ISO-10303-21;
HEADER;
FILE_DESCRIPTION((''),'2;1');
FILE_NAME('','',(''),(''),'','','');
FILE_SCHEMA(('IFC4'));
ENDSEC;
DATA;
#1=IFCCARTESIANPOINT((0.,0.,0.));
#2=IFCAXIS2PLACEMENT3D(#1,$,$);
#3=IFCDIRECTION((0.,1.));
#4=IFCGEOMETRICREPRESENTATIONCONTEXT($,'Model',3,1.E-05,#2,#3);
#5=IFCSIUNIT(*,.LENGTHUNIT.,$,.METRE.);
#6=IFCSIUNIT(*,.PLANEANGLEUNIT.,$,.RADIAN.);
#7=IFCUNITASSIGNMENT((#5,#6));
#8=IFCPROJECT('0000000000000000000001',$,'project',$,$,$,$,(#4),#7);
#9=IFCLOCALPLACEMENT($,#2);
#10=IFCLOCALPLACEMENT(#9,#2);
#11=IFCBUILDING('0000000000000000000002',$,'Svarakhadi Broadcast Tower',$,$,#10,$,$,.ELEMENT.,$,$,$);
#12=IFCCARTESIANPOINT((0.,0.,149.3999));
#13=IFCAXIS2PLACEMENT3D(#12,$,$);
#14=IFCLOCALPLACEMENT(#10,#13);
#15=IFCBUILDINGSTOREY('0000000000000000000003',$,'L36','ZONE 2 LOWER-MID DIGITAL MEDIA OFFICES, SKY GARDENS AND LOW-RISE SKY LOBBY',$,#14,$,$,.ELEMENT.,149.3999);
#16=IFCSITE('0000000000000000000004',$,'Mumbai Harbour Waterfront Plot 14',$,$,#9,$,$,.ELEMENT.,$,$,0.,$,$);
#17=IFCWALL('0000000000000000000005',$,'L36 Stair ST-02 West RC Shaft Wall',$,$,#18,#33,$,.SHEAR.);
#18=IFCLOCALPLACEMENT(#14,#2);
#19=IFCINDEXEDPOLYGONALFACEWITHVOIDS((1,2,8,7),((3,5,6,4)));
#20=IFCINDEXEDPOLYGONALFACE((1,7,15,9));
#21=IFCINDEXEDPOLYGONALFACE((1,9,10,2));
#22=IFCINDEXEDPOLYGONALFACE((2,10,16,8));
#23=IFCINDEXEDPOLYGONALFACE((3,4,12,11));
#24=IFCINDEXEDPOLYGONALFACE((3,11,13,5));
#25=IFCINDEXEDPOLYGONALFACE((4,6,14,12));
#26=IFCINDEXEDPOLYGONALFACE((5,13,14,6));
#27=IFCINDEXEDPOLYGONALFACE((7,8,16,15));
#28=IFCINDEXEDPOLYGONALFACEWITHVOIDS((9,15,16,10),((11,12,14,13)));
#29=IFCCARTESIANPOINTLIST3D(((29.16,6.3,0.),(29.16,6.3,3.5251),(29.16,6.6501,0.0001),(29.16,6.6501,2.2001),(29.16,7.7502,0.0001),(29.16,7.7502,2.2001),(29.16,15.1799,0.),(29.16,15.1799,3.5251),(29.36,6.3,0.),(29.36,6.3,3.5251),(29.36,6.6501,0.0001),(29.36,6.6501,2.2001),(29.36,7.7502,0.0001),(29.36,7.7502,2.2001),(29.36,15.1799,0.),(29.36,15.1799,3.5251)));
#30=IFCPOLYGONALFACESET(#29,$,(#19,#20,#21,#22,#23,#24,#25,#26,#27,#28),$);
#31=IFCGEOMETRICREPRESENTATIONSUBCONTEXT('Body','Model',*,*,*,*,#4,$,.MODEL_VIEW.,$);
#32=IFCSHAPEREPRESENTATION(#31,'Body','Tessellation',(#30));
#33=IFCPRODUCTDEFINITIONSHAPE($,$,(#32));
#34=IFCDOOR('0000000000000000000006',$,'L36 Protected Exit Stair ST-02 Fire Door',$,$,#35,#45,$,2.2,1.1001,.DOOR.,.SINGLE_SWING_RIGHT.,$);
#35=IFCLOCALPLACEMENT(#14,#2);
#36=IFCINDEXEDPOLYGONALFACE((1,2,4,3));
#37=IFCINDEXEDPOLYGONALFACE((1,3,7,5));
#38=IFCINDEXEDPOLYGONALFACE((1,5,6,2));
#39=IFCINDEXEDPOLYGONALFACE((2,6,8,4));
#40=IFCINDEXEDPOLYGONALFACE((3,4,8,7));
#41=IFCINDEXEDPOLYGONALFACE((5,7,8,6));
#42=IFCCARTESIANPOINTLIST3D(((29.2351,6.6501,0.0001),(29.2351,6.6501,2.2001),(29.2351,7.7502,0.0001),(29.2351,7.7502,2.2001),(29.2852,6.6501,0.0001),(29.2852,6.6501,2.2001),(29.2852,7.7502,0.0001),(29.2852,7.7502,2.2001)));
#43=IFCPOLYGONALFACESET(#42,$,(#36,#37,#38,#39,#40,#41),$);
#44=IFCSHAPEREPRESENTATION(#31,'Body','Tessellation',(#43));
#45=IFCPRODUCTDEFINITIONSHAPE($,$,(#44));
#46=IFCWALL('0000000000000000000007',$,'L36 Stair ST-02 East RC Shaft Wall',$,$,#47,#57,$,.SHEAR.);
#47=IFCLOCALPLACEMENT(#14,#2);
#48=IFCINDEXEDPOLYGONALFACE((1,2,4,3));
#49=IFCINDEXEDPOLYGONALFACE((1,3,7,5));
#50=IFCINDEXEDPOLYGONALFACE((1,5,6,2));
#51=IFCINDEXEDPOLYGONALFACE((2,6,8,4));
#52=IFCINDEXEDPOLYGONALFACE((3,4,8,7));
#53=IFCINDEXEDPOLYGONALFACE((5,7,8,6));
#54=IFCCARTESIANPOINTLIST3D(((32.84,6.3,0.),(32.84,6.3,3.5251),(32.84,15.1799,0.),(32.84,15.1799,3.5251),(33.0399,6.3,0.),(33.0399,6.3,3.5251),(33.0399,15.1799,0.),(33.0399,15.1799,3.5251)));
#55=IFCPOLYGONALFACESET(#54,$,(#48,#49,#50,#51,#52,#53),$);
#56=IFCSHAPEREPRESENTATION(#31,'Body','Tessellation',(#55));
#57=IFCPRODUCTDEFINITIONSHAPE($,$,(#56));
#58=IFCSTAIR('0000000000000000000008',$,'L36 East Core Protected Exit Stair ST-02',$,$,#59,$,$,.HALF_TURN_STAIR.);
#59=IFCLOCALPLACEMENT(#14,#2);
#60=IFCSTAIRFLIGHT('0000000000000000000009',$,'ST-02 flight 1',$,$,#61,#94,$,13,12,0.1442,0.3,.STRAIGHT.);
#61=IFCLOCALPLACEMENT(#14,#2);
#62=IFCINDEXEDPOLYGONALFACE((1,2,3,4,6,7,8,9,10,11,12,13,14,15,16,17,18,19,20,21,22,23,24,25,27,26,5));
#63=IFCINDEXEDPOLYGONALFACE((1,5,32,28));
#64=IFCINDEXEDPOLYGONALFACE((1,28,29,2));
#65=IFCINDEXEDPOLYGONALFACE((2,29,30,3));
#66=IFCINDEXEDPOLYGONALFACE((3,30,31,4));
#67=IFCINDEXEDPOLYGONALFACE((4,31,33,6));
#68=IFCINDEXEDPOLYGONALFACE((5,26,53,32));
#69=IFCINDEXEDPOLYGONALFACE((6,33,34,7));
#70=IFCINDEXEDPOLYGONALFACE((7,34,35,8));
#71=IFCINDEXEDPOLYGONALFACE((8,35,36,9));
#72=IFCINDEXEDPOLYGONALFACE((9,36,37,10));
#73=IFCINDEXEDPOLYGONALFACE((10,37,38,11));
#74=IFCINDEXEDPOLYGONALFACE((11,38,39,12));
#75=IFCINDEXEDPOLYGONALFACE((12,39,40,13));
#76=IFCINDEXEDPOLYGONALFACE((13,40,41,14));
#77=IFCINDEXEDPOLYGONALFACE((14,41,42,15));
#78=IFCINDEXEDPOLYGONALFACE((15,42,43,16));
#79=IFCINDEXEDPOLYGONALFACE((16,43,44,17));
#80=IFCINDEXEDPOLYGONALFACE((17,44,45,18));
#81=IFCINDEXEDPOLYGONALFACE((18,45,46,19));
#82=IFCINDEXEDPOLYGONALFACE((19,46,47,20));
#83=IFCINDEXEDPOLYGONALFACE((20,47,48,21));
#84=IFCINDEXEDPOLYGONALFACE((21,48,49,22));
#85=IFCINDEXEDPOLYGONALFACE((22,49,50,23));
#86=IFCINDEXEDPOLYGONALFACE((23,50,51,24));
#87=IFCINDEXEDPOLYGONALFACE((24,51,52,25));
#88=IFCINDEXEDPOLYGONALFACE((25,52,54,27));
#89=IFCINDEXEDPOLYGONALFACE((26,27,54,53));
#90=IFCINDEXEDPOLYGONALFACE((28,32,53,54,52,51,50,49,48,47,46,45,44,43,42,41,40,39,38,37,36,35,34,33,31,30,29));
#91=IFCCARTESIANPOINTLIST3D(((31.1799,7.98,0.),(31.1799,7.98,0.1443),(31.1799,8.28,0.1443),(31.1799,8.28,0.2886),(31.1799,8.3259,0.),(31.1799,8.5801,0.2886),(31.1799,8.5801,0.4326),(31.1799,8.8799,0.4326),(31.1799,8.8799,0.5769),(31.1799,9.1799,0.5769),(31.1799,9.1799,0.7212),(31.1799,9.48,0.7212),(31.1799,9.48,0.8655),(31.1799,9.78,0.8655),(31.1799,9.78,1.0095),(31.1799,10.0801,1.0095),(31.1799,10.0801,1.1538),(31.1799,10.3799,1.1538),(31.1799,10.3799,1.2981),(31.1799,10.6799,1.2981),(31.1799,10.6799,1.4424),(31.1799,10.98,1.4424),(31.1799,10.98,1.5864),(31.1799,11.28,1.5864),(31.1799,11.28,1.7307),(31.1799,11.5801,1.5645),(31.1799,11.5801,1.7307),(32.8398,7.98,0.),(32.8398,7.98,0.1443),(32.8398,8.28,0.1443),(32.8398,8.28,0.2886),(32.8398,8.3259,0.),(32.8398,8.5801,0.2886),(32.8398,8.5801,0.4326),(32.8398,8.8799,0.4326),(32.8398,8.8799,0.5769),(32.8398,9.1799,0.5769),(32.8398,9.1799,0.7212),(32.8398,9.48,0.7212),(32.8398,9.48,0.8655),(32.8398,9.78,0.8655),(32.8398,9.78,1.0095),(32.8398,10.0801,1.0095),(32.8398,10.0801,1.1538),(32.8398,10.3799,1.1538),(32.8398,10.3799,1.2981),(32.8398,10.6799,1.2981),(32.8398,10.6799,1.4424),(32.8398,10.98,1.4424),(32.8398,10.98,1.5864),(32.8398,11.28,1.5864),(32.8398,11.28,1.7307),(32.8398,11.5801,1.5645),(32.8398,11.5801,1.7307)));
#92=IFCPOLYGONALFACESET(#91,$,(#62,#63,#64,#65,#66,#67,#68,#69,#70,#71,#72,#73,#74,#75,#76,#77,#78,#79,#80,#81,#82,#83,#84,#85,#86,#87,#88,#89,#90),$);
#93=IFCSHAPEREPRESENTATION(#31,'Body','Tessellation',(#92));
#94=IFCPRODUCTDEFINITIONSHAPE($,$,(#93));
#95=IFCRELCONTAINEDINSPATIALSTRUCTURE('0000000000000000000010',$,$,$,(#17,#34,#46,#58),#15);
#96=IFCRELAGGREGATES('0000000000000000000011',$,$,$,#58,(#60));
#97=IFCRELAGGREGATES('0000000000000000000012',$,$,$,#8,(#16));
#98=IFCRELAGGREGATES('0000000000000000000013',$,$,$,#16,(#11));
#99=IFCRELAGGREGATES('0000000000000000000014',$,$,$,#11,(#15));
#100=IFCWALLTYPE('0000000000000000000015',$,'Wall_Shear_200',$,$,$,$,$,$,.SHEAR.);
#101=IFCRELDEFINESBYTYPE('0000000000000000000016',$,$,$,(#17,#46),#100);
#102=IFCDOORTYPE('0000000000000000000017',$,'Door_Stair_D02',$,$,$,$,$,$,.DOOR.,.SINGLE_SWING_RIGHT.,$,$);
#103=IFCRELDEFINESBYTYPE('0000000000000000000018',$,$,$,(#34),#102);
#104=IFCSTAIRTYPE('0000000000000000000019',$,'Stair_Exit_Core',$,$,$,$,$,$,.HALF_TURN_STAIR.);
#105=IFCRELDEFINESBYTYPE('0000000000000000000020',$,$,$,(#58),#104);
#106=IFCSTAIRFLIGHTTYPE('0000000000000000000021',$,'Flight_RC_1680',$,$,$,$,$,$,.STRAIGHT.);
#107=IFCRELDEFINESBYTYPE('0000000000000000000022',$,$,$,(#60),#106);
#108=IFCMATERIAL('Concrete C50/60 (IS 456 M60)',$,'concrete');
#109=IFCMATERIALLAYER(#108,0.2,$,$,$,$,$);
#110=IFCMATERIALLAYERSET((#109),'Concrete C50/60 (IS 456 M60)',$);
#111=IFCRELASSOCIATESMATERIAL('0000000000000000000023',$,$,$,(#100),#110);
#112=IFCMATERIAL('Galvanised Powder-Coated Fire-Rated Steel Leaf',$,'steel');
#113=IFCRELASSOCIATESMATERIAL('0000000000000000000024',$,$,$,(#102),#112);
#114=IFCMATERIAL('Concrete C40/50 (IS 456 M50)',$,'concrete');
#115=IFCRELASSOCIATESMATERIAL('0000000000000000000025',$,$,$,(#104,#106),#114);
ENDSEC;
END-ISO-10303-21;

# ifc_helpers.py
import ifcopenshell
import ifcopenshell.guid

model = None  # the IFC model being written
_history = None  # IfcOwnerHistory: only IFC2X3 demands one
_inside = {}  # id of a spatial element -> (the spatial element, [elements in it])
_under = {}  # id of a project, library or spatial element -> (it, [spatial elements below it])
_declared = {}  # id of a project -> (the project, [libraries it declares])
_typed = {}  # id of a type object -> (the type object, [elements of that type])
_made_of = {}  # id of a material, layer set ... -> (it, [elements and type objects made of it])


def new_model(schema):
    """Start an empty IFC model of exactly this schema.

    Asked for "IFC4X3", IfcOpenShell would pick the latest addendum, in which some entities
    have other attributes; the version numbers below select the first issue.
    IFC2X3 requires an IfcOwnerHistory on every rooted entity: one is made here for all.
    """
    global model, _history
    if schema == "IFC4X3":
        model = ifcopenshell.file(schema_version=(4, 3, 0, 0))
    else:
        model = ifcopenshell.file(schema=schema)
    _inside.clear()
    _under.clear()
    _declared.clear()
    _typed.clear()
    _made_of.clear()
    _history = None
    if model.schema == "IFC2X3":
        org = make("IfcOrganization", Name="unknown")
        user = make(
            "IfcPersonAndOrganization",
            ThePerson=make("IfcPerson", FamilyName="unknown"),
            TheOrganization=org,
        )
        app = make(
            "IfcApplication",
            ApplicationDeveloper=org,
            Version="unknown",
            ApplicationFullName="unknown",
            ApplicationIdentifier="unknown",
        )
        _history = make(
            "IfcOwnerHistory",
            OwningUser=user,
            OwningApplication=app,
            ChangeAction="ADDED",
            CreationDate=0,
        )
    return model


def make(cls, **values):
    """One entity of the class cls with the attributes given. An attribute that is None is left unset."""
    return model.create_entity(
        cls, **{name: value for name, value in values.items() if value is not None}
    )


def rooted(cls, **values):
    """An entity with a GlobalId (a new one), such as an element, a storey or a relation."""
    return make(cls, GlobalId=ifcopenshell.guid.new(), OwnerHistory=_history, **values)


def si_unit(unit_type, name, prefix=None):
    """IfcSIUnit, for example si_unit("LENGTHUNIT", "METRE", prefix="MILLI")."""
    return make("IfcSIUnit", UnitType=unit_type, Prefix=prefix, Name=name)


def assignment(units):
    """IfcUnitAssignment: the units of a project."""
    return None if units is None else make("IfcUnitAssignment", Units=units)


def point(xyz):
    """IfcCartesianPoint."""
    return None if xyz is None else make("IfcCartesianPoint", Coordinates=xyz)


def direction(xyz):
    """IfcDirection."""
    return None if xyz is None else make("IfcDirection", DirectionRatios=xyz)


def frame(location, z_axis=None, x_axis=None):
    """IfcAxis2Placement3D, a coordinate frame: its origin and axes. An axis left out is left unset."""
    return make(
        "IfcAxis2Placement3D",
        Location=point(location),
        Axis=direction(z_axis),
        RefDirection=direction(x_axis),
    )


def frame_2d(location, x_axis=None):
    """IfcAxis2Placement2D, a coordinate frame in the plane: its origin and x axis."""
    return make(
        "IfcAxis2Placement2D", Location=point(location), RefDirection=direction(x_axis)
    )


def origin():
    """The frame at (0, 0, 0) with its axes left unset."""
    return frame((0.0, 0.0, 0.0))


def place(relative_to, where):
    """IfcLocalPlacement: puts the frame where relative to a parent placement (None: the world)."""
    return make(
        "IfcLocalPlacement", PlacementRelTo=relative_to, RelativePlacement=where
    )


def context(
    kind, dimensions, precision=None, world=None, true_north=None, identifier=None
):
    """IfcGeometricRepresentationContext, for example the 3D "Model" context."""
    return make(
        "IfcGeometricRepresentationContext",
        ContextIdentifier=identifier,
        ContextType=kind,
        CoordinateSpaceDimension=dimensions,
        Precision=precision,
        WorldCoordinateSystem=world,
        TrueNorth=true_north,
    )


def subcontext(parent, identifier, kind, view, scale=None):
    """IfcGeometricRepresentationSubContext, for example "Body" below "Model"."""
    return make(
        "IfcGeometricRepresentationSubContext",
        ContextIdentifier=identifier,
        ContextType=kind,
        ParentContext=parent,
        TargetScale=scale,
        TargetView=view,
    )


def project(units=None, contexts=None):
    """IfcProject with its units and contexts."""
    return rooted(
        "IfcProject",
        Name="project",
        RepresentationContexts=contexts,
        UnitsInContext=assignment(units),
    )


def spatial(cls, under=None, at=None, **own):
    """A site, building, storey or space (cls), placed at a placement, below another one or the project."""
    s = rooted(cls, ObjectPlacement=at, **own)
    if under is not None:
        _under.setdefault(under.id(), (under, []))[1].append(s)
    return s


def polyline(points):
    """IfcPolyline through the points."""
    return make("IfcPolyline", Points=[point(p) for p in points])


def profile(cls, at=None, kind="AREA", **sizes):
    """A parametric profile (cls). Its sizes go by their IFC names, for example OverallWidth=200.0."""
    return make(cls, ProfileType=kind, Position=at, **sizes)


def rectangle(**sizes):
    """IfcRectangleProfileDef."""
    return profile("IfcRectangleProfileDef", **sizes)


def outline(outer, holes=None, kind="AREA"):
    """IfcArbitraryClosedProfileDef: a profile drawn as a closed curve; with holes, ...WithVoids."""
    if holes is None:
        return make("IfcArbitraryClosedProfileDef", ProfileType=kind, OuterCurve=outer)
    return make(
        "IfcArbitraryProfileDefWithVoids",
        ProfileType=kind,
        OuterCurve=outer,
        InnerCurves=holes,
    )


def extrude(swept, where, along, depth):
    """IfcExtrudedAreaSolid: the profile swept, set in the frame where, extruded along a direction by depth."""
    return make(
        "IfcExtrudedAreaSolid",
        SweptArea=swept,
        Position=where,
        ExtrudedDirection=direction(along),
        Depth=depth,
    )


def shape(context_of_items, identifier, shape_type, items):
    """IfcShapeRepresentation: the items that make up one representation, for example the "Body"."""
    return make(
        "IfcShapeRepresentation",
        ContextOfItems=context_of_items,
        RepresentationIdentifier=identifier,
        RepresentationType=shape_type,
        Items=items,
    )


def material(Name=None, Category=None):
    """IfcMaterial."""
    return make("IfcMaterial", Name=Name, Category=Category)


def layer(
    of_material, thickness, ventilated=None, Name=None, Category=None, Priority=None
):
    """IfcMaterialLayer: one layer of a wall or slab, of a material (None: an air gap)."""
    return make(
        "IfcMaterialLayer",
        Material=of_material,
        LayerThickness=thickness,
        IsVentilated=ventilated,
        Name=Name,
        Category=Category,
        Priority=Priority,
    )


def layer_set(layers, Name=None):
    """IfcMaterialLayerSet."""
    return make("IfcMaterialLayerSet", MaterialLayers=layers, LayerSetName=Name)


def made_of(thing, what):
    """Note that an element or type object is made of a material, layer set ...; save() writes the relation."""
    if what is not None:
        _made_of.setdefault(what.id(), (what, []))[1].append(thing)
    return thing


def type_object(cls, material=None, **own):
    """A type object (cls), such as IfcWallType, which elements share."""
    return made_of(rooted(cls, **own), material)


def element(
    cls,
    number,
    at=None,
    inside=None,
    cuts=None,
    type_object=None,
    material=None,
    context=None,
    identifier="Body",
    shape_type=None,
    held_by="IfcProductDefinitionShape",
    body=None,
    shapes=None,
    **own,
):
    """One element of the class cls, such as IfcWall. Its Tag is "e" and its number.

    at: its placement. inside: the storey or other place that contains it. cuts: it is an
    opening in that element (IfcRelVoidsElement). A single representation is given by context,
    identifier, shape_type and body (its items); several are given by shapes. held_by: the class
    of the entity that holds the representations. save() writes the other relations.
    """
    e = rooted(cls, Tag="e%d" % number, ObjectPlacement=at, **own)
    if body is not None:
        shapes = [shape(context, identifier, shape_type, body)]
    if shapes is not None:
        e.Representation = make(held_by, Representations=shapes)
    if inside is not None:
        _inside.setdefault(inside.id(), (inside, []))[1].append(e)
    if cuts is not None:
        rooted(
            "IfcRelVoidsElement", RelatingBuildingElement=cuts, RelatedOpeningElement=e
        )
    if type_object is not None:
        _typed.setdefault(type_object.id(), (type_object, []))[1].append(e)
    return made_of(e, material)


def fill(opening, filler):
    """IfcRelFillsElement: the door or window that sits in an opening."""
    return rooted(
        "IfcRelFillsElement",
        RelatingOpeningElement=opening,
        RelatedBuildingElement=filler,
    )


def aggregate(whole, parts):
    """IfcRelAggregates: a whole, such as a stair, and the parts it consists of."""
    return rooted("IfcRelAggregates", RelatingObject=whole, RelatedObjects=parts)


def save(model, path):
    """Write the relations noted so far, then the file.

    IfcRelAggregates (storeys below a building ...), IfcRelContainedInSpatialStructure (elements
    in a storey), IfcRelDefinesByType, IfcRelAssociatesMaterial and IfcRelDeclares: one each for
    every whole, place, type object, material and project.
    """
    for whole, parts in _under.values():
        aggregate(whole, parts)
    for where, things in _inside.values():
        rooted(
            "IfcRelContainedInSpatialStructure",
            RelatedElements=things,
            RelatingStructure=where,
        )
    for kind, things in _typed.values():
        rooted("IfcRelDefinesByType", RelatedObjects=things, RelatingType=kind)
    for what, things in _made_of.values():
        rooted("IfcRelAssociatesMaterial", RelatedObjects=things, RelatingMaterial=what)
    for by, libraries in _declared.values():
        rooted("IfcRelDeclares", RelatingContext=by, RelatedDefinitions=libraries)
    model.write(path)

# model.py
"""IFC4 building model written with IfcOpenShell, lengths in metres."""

from ifc_helpers import new_model, si_unit, direction, frame, frame_2d, origin, place, context, subcontext, project, spatial, polyline, rectangle, outline, extrude, material, layer, layer_set, type_object, element, fill, aggregate, save


model = new_model("IFC4")

# Units and contexts
model_context = context("Model", 3, precision=1e-05, world=origin(), true_north=direction((0.0, 1.0)))
body_context = subcontext(model_context, "Body", "Model", "MODEL_VIEW")
ifc_project = project(units=[si_unit("LENGTHUNIT", "METRE"), si_unit("PLANEANGLEUNIT", "RADIAN")], contexts=[model_context])

# Site, building, storey
site_placement = place(None, origin())
site = spatial("IfcSite", under=ifc_project, at=site_placement, Name="Mumbai Harbour Waterfront Plot 14", CompositionType="ELEMENT", RefElevation=0.0)
building_placement = place(site_placement, origin())
building = spatial("IfcBuilding", under=site, at=building_placement, Name="Svarakhadi Broadcast Tower", CompositionType="ELEMENT")
storey_placement = place(building_placement, frame((0.0, 0.0, 149.3999)))
storey = spatial("IfcBuildingStorey", under=building, at=storey_placement, Name="L36", Description="ZONE 2 LOWER-MID DIGITAL MEDIA OFFICES, SKY GARDENS AND LOW-RISE SKY LOBBY", CompositionType="ELEMENT", Elevation=149.3999)

# Shared definitions
ifc_material_1 = material(Name="Concrete C50/60 (IS 456 M60)", Category="concrete")

# Shared definitions
ifc_material_2 = material(Name="Concrete C40/50 (IS 456 M50)", Category="concrete")

# Wall, opening, door
ifc_layer_1 = layer(ifc_material_1, 0.2)
ifc_layer_set_1 = layer_set([ifc_layer_1], Name="Concrete C50/60 (IS 456 M60)")
wall_type_1 = type_object("IfcWallType", Name="Wall_Shear_200", PredefinedType="SHEAR", material=ifc_layer_set_1)
wall_1_placement = place(storey_placement, frame((29.26, 6.3, 0.0), z_axis=(0.0, 0.0, 1.0), x_axis=(0.0, 1.0, 0.0)))
wall_1 = element("IfcWall", 1, at=wall_1_placement, inside=storey, type_object=wall_type_1, Name="L36 Stair ST-02 West RC Shaft Wall", PredefinedType="SHEAR", context=body_context, shape_type="SweptSolid", body=[
    extrude(rectangle(XDim=8.8799, YDim=0.2, at=frame_2d((4.4399, 0.0))), origin(), (0.0, 0.0, 1.0), 3.5251),
])
opening_placement = place(wall_1_placement, frame((0.3501, 0.0, 0.0)))
opening = element("IfcOpeningElement", 2, at=opening_placement, cuts=wall_1, PredefinedType="OPENING", context=body_context, shape_type="SweptSolid", body=[
    extrude(rectangle(XDim=1.1001, YDim=2.2, at=frame_2d((0.55, 1.1001))), frame((0.0, 0.1099, 0.0), z_axis=(0.0, -1.0, 0.0), x_axis=(1.0, 0.0, 0.0)), (0.0, 0.0, 1.0), 0.22),
])
ifc_material_3 = material(Name="Galvanised Powder-Coated Fire-Rated Steel Leaf", Category="steel")
door_type = type_object("IfcDoorType", Name="Door_Stair_D02", OperationType="SINGLE_SWING_RIGHT", PredefinedType="DOOR", material=ifc_material_3)
door_placement = place(opening_placement, origin())
door = element("IfcDoor", 3, at=door_placement, inside=storey, type_object=door_type, Name="L36 Protected Exit Stair ST-02 Fire Door", OperationType="SINGLE_SWING_RIGHT", OverallHeight=2.2, OverallWidth=1.1001, PredefinedType="DOOR", context=body_context, shape_type="SweptSolid", body=[
    extrude(rectangle(XDim=1.1001, YDim=2.2, at=frame_2d((0.55, 1.1001))), frame((0.0, 0.0249, 0.0), z_axis=(0.0, -1.0, 0.0), x_axis=(1.0, 0.0, 0.0)), (0.0, 0.0, 1.0), 0.05),
])
fill(opening, door)

# Wall
wall_2_placement = place(storey_placement, frame((32.9399, 6.3, 0.0), z_axis=(0.0, 0.0, 1.0), x_axis=(0.0, 1.0, 0.0)))
element("IfcWall", 4, at=wall_2_placement, inside=storey, type_object=wall_type_1, Name="L36 Stair ST-02 East RC Shaft Wall", PredefinedType="SHEAR", context=body_context, shape_type="SweptSolid", body=[
    extrude(rectangle(XDim=8.8799, YDim=0.2, at=frame_2d((4.4399, 0.0))), origin(), (0.0, 0.0, 1.0), 3.5251),
])

# Stair, stair flight
stair_type = type_object("IfcStairType", Name="Stair_Exit_Core", PredefinedType="HALF_TURN_STAIR", material=ifc_material_2)
stair_placement = place(storey_placement, origin())
stair = element("IfcStair", 5, at=stair_placement, inside=storey, type_object=stair_type, Name="L36 East Core Protected Exit Stair ST-02", PredefinedType="HALF_TURN_STAIR")
stair_flight_type = type_object("IfcStairFlightType", Name="Flight_RC_1680", PredefinedType="STRAIGHT", material=ifc_material_2)
stair_flight_placement = place(storey_placement, frame((32.01, 7.98, 0.0), z_axis=(0.0, 0.0, 1.0), x_axis=(0.0, 1.0, 0.0)))
stair_flight = element("IfcStairFlight", 6, at=stair_flight_placement, type_object=stair_flight_type, Name="ST-02 flight 1", NumberOfRisers=13, NumberOfTreads=12, PredefinedType="STRAIGHT", RiserHeight=0.1442, TreadLength=0.3, context=body_context, shape_type="SweptSolid", body=[
    extrude(outline(polyline([(0.0, 0.0), (0.0, 0.1443), (0.3, 0.1443), (0.3, 0.2886), (0.6001, 0.2886), (0.6001, 0.4326), (0.8999, 0.4326), (0.8999, 0.5769), (1.2, 0.5769), (1.2, 0.7212), (1.5, 0.7212), (1.5, 0.8655), (1.8, 0.8655), (1.8, 1.0095), (2.1001, 1.0095), (2.1001, 1.1538), (2.3999, 1.1538), (2.3999, 1.2981), (2.7, 1.2981), (2.7, 1.4424), (3.0, 1.4424), (3.0, 1.5864), (3.3, 1.5864), (3.3, 1.7307), (3.6001, 1.7307), (3.6001, 1.875), (3.6001, 1.5645), (0.3459, 0.0), (0.0, 0.0)])), frame((0.0, 0.8301, 0.0), z_axis=(0.0, -1.0, 0.0), x_axis=(1.0, 0.0, 0.0)), (0.0, 0.0, 1.0), 1.6599),
])
aggregate(stair, [stair_flight])

save(model, "model.ifc")
